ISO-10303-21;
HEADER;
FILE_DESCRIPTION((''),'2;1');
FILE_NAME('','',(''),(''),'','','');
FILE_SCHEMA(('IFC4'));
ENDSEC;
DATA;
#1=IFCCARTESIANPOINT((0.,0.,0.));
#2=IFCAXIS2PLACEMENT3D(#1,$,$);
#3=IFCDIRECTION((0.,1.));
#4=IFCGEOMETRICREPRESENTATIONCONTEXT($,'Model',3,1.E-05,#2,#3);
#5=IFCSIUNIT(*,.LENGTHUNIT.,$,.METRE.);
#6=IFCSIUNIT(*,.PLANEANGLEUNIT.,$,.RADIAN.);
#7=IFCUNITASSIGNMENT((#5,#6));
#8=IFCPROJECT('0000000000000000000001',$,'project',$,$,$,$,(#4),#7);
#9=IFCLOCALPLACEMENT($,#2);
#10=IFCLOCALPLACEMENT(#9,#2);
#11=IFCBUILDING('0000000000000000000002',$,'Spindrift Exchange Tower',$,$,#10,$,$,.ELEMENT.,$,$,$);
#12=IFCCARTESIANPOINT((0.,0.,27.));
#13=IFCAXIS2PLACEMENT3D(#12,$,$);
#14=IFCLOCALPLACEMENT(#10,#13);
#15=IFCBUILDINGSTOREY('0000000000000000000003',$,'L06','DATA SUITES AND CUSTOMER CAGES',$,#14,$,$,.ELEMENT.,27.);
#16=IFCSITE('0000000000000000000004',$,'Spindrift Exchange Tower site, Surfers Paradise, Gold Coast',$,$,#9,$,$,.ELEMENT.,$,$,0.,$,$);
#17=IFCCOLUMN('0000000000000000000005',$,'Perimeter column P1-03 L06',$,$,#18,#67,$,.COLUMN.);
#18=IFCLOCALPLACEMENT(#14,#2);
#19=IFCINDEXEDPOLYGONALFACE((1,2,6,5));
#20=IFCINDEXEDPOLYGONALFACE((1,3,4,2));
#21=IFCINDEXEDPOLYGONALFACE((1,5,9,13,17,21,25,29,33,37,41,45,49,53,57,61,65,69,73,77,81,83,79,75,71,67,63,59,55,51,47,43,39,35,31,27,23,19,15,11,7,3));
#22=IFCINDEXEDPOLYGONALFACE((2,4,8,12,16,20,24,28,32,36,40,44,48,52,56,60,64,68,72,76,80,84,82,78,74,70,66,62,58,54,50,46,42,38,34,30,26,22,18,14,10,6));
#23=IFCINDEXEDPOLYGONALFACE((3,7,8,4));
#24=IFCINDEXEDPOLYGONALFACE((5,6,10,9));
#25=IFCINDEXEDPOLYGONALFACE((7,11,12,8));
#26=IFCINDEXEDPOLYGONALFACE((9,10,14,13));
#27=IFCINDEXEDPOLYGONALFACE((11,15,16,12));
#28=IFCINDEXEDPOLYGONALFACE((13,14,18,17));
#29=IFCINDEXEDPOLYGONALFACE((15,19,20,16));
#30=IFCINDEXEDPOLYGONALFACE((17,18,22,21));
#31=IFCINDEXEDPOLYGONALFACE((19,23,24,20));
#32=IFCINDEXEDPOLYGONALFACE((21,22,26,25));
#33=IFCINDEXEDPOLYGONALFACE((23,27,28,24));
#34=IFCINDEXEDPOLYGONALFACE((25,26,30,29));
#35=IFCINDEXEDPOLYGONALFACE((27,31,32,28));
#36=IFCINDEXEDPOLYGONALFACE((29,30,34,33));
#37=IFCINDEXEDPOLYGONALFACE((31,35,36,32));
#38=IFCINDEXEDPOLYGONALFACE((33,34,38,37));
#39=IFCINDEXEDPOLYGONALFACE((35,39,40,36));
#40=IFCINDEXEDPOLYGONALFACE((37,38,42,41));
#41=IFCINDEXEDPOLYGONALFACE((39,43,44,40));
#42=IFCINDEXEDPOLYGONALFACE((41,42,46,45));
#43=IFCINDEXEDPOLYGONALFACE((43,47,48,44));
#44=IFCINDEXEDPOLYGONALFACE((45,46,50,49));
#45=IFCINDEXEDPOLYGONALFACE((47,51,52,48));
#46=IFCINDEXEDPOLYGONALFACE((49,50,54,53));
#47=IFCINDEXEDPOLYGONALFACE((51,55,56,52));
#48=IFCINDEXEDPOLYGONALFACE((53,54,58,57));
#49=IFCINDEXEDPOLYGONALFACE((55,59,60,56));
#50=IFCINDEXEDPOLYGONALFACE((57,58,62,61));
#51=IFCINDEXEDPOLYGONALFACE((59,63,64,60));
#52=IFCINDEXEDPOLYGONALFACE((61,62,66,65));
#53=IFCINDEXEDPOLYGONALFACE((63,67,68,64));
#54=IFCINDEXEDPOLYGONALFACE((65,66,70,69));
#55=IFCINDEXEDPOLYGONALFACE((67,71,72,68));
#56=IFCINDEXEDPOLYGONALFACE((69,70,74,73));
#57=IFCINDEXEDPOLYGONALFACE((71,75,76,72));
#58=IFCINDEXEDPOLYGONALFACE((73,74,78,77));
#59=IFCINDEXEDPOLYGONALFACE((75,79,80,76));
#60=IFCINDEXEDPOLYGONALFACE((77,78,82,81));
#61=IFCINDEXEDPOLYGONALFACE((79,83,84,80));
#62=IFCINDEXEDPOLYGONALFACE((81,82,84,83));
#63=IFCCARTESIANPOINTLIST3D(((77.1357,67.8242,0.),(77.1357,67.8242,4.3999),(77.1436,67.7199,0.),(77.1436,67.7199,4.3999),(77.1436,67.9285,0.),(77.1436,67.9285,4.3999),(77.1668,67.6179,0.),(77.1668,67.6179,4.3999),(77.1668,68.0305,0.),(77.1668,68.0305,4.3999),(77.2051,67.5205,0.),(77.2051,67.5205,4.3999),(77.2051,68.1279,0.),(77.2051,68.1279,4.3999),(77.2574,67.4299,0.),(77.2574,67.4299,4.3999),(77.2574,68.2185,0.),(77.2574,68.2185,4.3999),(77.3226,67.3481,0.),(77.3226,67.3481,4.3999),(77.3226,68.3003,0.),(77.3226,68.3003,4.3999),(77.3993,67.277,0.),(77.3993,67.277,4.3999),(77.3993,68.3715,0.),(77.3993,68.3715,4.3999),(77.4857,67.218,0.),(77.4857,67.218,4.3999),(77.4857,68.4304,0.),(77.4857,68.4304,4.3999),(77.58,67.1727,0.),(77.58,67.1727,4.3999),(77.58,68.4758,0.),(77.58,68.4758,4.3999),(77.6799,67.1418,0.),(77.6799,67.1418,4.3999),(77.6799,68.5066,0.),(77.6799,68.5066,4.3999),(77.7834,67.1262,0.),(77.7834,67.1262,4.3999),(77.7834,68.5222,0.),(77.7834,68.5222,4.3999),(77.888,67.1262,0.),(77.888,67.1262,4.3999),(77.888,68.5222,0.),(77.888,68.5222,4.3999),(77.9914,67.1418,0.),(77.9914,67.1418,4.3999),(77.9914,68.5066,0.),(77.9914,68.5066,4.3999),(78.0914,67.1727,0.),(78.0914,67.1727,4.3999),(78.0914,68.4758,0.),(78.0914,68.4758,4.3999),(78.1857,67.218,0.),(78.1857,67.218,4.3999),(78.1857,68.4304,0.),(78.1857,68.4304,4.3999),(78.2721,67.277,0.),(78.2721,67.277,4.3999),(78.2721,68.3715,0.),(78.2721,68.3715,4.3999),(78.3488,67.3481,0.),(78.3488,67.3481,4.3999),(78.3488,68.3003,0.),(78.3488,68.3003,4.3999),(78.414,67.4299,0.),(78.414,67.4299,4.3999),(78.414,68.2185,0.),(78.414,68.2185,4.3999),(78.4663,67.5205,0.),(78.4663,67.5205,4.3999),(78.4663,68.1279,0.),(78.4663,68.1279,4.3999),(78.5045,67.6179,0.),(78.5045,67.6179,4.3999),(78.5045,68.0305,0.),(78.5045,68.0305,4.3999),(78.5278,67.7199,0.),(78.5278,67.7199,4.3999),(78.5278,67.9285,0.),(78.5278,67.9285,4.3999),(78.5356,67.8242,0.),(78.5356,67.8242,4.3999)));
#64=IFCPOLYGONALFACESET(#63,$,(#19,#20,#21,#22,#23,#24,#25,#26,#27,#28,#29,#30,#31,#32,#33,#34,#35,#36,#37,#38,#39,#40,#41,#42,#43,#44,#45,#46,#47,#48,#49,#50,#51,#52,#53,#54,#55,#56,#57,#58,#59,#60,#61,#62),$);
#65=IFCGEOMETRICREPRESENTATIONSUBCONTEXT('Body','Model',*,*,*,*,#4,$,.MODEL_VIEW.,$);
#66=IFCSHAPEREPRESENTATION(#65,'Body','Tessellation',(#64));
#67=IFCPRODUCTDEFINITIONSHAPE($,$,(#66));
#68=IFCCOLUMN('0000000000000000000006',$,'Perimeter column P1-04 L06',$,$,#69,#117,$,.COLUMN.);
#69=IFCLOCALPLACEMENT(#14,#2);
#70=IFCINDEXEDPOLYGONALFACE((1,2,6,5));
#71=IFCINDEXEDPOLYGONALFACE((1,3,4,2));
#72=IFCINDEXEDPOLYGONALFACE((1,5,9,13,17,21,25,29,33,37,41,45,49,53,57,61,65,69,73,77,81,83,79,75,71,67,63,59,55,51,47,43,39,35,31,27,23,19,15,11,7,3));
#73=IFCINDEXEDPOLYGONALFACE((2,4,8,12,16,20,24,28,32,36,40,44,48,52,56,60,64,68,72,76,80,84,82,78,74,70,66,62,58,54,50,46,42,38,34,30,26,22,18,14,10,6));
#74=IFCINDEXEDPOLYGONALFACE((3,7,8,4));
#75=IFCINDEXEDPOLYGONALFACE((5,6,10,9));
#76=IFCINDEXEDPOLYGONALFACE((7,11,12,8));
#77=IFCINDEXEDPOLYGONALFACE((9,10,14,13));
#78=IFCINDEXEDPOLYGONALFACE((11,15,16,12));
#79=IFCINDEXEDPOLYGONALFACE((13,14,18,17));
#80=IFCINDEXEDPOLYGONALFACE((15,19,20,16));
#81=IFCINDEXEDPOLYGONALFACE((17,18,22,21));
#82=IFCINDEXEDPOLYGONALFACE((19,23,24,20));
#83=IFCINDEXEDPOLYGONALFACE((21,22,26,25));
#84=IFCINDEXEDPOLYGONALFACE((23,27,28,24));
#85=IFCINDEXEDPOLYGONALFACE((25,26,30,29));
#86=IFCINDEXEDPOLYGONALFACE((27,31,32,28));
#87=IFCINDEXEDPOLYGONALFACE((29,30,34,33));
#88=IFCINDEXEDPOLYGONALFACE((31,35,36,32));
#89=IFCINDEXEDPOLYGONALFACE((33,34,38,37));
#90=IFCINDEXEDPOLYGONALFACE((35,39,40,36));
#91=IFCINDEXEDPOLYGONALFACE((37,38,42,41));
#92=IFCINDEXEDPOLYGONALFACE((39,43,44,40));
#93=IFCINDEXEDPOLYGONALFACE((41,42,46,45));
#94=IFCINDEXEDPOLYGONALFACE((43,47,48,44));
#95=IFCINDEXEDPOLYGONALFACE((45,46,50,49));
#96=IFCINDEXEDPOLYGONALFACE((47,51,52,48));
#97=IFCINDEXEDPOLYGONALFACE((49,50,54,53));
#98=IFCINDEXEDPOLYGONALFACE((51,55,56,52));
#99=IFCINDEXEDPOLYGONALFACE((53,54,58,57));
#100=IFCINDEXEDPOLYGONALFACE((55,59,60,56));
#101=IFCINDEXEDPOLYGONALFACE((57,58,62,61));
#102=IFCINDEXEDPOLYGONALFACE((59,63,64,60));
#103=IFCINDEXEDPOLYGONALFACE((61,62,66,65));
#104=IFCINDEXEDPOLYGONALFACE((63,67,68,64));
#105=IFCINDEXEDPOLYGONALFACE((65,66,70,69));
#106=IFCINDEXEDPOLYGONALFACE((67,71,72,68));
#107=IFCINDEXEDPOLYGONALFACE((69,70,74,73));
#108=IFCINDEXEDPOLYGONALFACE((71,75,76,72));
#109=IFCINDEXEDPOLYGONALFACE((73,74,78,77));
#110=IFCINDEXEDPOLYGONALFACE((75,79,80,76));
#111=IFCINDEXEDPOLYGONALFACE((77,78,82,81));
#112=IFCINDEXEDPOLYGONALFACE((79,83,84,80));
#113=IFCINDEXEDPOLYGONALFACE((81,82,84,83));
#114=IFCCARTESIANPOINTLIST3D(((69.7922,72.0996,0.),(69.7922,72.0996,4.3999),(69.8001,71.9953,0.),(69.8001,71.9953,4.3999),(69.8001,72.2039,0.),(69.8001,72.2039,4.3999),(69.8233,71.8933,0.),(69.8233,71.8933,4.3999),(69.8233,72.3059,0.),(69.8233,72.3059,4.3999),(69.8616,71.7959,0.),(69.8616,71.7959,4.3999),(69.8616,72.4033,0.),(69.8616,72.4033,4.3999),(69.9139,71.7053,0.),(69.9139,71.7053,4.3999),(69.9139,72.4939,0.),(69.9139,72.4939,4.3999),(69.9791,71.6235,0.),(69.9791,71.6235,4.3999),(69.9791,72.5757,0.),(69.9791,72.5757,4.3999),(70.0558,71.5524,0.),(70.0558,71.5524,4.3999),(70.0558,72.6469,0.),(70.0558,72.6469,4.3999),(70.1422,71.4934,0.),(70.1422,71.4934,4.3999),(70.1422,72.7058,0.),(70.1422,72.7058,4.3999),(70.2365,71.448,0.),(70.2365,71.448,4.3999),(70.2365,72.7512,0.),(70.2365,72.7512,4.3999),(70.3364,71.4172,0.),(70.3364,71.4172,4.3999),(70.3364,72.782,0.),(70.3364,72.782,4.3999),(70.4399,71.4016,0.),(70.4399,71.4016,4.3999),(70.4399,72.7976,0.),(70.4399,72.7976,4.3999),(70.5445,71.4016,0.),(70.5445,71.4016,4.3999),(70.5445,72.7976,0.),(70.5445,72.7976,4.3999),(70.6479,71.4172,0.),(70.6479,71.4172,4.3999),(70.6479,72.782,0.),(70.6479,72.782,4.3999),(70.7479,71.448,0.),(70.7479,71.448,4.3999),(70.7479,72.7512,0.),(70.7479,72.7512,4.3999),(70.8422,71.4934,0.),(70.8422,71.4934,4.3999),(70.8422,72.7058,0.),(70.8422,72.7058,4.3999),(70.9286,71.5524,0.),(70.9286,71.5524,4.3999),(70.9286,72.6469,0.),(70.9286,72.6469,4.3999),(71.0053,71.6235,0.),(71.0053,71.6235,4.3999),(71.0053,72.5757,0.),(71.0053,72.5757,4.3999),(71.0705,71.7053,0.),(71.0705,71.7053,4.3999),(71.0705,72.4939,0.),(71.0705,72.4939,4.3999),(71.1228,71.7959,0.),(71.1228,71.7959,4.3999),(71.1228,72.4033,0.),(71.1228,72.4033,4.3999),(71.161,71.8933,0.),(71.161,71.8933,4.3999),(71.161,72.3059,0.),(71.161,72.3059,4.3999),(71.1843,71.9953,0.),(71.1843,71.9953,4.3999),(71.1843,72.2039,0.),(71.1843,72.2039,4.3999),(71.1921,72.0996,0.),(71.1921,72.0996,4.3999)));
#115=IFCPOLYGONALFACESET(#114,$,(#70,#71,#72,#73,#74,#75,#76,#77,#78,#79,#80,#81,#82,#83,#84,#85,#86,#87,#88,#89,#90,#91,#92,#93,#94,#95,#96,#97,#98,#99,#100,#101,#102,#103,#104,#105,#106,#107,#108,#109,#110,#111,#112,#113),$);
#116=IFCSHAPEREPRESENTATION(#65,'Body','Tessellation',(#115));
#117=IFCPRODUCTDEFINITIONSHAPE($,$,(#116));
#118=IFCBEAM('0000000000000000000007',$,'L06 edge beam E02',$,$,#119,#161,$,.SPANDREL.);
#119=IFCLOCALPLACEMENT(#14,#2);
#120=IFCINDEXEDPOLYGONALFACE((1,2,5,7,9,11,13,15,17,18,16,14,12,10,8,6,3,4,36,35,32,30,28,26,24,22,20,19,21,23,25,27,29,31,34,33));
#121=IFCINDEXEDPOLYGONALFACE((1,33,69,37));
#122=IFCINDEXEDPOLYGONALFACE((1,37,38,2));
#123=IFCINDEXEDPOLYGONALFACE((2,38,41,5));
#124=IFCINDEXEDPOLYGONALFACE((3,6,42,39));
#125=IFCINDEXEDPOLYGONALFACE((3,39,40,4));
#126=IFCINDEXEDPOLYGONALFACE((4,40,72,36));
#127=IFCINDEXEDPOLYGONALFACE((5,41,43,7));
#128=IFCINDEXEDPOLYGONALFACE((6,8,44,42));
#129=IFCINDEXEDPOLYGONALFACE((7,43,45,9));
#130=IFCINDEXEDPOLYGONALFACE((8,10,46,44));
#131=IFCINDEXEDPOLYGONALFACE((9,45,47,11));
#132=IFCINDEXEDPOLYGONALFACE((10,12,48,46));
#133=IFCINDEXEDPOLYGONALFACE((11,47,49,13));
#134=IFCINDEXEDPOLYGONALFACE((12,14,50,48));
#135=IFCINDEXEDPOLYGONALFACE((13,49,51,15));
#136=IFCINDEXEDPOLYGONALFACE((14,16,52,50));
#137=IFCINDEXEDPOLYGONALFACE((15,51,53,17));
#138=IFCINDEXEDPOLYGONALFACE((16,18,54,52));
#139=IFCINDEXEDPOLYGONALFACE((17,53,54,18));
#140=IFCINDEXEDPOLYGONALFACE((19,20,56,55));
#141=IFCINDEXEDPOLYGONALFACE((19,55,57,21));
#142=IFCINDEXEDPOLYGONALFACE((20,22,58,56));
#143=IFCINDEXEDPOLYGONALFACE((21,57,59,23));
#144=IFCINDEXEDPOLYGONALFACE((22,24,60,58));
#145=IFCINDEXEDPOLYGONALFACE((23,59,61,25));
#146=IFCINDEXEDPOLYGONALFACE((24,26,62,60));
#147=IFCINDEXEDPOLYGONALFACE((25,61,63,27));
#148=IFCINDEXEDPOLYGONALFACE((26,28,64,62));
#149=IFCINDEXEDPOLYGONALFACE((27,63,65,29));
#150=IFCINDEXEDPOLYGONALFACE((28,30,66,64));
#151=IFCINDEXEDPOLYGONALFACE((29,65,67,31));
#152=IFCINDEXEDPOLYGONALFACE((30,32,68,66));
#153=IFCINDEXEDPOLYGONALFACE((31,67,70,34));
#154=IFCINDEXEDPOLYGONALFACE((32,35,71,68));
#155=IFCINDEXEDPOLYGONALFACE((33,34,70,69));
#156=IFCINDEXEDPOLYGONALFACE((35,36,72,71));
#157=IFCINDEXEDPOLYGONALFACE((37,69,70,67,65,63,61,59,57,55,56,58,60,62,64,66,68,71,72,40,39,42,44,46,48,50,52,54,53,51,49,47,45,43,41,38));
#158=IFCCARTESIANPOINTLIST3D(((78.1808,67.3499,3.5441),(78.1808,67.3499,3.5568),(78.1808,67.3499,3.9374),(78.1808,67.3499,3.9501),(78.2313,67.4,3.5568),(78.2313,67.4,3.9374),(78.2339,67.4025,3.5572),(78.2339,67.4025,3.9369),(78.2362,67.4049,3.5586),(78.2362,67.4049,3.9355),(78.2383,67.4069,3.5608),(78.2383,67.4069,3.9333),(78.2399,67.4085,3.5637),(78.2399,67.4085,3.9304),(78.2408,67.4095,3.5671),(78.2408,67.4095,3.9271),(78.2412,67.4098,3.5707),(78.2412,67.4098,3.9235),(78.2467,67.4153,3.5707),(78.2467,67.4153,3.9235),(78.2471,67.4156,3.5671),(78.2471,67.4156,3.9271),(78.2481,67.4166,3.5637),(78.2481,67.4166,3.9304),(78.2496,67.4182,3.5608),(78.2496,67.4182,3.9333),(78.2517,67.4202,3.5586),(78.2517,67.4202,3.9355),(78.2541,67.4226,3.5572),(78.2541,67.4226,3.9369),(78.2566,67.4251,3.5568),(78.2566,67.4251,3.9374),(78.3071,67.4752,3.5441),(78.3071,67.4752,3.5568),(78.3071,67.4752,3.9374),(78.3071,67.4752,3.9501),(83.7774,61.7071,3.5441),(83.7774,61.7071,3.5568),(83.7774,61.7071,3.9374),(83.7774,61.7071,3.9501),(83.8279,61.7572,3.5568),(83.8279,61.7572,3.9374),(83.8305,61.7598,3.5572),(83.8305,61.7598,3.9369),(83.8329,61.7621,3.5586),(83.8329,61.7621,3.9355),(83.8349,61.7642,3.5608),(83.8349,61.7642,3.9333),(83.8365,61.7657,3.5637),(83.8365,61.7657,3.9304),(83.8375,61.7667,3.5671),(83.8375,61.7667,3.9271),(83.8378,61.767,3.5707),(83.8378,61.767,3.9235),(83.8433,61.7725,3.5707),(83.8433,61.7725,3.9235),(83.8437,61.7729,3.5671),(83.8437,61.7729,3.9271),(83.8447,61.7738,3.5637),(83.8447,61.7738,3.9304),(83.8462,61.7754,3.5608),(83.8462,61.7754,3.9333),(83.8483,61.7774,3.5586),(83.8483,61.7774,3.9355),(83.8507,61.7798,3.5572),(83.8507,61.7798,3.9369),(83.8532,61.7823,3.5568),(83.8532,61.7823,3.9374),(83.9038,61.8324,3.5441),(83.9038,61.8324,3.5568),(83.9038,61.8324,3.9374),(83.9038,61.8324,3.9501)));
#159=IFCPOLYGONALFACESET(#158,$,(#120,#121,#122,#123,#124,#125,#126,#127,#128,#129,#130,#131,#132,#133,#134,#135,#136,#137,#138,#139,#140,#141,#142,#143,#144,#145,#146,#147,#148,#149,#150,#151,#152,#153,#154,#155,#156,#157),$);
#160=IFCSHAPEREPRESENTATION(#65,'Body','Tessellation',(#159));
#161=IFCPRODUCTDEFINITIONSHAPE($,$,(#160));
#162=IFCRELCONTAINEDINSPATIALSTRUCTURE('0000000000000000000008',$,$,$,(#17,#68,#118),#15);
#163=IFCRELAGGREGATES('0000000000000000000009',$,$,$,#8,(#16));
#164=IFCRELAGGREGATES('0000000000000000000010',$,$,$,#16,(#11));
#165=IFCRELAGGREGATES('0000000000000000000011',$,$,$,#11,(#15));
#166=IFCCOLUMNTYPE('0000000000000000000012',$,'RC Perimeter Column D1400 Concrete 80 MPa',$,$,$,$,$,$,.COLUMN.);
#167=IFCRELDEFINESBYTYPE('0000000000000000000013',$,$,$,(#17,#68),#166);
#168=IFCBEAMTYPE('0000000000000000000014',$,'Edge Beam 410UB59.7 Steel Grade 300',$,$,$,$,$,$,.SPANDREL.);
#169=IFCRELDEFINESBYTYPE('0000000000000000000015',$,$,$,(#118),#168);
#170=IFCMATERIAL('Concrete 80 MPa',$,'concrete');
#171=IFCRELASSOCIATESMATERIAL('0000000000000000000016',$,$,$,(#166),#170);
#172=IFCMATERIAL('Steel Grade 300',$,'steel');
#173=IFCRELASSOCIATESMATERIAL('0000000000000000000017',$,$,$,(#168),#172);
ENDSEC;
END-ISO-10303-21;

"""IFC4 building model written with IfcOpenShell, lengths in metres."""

from ifc_helpers import new_model, si_unit, direction, frame, origin, origin_2d, place, context, subcontext, project, spatial, circle, i_section, extrude, source, transform, mapped, material, material_profile, profile_set, type_object, element, save


model = new_model("IFC4")

# Units and contexts
model_context = context("Model", 3, precision=1e-05, world=origin(), true_north=direction((0.0, 1.0)))
body_context = subcontext(model_context, "Body", "Model", "MODEL_VIEW")
ifc_project = project(units=[si_unit("LENGTHUNIT", "METRE"), si_unit("PLANEANGLEUNIT", "RADIAN")], contexts=[model_context])

# Site, building, storey
site_placement = place(None, origin())
site = spatial("IfcSite", under=ifc_project, at=site_placement, Name="Spindrift Exchange Tower site, Surfers Paradise, Gold Coast", CompositionType="ELEMENT", RefElevation=0.0)
building_placement = place(site_placement, origin())
building = spatial("IfcBuilding", under=site, at=building_placement, Name="Spindrift Exchange Tower", CompositionType="ELEMENT")
storey_placement = place(building_placement, frame((0.0, 0.0, 27.0)))
storey = spatial("IfcBuildingStorey", under=building, at=storey_placement, Name="L06", Description="DATA SUITES AND CUSTOMER CAGES", CompositionType="ELEMENT", Elevation=27.0)

# Columns
ifc_material_1 = material(Name="Concrete 80 MPa", Category="concrete")
ifc_material_profile_1 = material_profile(ifc_material_1, circle(Radius=0.7, at=origin_2d()), Name="RC D1400")
ifc_profile_set_1 = profile_set([ifc_material_profile_1], Name="Concrete 80 MPa")
column_type = type_object("IfcColumnType", Name="RC Perimeter Column D1400 Concrete 80 MPa", PredefinedType="COLUMN", material=ifc_profile_set_1)
shared_shape_1 = source(origin(), body_context, "Body", "SweptSolid", [
    extrude(circle(Radius=0.7, at=origin_2d()), origin(), (0.0, 0.0, 1.0), 4.3999),
])
for number, where, z_axis, x_axis, name in (
    (1, (77.8357, 67.8242, 0.0), (0.0, 0.0, 1.0), (1.0, 0.0, 0.0), "Perimeter column P1-03 L06"),
    (2, (70.4922, 72.0996, 0.0), (0.0, 0.0, 1.0), (1.0, 0.0, 0.0), "Perimeter column P1-04 L06"),
):
    element("IfcColumn", number, at=place(storey_placement, frame(where, z_axis=z_axis, x_axis=x_axis)), inside=storey, type_object=column_type, Name=name, PredefinedType="COLUMN", context=body_context, shape_type="MappedRepresentation", body=[
        mapped(shared_shape_1, transform((0.0, 0.0, 0.0), scale=1.0)),
    ])

# Beam
ifc_material_2 = material(Name="Steel Grade 300", Category="steel")
ifc_material_profile_2 = material_profile(ifc_material_2, i_section(OverallWidth=0.178, OverallDepth=0.406, WebThickness=0.0078, FlangeThickness=0.0127, FilletRadius=0.0139, at=origin_2d()), Name="410UB59.7")
ifc_profile_set_2 = profile_set([ifc_material_profile_2], Name="Steel Grade 300")
beam_type_1 = type_object("IfcBeamType", Name="Edge Beam 410UB59.7 Steel Grade 300", PredefinedType="SPANDREL", material=ifc_profile_set_2)
shared_shape_2 = source(origin(), body_context, "Body", "SweptSolid", [
    extrude(i_section(OverallWidth=0.178, OverallDepth=0.406, WebThickness=0.0078, FlangeThickness=0.0127, FilletRadius=0.0139, at=origin_2d()), origin(), (0.0, 0.0, 1.0), 7.9475),
])
beam_1_placement = place(storey_placement, frame((83.8406, 61.7698, 3.7471), z_axis=(-0.704198, 0.710004, 0.0), x_axis=(-0.710004, -0.704198, 0.0)))
element("IfcBeam", 3, at=beam_1_placement, inside=storey, type_object=beam_type_1, Name="L06 edge beam E02", PredefinedType="SPANDREL", context=body_context, shape_type="MappedRepresentation", body=[
    mapped(shared_shape_2, transform((0.0, 0.0, 0.0), scale=1.0)),
])

save(model, "model.ifc")
